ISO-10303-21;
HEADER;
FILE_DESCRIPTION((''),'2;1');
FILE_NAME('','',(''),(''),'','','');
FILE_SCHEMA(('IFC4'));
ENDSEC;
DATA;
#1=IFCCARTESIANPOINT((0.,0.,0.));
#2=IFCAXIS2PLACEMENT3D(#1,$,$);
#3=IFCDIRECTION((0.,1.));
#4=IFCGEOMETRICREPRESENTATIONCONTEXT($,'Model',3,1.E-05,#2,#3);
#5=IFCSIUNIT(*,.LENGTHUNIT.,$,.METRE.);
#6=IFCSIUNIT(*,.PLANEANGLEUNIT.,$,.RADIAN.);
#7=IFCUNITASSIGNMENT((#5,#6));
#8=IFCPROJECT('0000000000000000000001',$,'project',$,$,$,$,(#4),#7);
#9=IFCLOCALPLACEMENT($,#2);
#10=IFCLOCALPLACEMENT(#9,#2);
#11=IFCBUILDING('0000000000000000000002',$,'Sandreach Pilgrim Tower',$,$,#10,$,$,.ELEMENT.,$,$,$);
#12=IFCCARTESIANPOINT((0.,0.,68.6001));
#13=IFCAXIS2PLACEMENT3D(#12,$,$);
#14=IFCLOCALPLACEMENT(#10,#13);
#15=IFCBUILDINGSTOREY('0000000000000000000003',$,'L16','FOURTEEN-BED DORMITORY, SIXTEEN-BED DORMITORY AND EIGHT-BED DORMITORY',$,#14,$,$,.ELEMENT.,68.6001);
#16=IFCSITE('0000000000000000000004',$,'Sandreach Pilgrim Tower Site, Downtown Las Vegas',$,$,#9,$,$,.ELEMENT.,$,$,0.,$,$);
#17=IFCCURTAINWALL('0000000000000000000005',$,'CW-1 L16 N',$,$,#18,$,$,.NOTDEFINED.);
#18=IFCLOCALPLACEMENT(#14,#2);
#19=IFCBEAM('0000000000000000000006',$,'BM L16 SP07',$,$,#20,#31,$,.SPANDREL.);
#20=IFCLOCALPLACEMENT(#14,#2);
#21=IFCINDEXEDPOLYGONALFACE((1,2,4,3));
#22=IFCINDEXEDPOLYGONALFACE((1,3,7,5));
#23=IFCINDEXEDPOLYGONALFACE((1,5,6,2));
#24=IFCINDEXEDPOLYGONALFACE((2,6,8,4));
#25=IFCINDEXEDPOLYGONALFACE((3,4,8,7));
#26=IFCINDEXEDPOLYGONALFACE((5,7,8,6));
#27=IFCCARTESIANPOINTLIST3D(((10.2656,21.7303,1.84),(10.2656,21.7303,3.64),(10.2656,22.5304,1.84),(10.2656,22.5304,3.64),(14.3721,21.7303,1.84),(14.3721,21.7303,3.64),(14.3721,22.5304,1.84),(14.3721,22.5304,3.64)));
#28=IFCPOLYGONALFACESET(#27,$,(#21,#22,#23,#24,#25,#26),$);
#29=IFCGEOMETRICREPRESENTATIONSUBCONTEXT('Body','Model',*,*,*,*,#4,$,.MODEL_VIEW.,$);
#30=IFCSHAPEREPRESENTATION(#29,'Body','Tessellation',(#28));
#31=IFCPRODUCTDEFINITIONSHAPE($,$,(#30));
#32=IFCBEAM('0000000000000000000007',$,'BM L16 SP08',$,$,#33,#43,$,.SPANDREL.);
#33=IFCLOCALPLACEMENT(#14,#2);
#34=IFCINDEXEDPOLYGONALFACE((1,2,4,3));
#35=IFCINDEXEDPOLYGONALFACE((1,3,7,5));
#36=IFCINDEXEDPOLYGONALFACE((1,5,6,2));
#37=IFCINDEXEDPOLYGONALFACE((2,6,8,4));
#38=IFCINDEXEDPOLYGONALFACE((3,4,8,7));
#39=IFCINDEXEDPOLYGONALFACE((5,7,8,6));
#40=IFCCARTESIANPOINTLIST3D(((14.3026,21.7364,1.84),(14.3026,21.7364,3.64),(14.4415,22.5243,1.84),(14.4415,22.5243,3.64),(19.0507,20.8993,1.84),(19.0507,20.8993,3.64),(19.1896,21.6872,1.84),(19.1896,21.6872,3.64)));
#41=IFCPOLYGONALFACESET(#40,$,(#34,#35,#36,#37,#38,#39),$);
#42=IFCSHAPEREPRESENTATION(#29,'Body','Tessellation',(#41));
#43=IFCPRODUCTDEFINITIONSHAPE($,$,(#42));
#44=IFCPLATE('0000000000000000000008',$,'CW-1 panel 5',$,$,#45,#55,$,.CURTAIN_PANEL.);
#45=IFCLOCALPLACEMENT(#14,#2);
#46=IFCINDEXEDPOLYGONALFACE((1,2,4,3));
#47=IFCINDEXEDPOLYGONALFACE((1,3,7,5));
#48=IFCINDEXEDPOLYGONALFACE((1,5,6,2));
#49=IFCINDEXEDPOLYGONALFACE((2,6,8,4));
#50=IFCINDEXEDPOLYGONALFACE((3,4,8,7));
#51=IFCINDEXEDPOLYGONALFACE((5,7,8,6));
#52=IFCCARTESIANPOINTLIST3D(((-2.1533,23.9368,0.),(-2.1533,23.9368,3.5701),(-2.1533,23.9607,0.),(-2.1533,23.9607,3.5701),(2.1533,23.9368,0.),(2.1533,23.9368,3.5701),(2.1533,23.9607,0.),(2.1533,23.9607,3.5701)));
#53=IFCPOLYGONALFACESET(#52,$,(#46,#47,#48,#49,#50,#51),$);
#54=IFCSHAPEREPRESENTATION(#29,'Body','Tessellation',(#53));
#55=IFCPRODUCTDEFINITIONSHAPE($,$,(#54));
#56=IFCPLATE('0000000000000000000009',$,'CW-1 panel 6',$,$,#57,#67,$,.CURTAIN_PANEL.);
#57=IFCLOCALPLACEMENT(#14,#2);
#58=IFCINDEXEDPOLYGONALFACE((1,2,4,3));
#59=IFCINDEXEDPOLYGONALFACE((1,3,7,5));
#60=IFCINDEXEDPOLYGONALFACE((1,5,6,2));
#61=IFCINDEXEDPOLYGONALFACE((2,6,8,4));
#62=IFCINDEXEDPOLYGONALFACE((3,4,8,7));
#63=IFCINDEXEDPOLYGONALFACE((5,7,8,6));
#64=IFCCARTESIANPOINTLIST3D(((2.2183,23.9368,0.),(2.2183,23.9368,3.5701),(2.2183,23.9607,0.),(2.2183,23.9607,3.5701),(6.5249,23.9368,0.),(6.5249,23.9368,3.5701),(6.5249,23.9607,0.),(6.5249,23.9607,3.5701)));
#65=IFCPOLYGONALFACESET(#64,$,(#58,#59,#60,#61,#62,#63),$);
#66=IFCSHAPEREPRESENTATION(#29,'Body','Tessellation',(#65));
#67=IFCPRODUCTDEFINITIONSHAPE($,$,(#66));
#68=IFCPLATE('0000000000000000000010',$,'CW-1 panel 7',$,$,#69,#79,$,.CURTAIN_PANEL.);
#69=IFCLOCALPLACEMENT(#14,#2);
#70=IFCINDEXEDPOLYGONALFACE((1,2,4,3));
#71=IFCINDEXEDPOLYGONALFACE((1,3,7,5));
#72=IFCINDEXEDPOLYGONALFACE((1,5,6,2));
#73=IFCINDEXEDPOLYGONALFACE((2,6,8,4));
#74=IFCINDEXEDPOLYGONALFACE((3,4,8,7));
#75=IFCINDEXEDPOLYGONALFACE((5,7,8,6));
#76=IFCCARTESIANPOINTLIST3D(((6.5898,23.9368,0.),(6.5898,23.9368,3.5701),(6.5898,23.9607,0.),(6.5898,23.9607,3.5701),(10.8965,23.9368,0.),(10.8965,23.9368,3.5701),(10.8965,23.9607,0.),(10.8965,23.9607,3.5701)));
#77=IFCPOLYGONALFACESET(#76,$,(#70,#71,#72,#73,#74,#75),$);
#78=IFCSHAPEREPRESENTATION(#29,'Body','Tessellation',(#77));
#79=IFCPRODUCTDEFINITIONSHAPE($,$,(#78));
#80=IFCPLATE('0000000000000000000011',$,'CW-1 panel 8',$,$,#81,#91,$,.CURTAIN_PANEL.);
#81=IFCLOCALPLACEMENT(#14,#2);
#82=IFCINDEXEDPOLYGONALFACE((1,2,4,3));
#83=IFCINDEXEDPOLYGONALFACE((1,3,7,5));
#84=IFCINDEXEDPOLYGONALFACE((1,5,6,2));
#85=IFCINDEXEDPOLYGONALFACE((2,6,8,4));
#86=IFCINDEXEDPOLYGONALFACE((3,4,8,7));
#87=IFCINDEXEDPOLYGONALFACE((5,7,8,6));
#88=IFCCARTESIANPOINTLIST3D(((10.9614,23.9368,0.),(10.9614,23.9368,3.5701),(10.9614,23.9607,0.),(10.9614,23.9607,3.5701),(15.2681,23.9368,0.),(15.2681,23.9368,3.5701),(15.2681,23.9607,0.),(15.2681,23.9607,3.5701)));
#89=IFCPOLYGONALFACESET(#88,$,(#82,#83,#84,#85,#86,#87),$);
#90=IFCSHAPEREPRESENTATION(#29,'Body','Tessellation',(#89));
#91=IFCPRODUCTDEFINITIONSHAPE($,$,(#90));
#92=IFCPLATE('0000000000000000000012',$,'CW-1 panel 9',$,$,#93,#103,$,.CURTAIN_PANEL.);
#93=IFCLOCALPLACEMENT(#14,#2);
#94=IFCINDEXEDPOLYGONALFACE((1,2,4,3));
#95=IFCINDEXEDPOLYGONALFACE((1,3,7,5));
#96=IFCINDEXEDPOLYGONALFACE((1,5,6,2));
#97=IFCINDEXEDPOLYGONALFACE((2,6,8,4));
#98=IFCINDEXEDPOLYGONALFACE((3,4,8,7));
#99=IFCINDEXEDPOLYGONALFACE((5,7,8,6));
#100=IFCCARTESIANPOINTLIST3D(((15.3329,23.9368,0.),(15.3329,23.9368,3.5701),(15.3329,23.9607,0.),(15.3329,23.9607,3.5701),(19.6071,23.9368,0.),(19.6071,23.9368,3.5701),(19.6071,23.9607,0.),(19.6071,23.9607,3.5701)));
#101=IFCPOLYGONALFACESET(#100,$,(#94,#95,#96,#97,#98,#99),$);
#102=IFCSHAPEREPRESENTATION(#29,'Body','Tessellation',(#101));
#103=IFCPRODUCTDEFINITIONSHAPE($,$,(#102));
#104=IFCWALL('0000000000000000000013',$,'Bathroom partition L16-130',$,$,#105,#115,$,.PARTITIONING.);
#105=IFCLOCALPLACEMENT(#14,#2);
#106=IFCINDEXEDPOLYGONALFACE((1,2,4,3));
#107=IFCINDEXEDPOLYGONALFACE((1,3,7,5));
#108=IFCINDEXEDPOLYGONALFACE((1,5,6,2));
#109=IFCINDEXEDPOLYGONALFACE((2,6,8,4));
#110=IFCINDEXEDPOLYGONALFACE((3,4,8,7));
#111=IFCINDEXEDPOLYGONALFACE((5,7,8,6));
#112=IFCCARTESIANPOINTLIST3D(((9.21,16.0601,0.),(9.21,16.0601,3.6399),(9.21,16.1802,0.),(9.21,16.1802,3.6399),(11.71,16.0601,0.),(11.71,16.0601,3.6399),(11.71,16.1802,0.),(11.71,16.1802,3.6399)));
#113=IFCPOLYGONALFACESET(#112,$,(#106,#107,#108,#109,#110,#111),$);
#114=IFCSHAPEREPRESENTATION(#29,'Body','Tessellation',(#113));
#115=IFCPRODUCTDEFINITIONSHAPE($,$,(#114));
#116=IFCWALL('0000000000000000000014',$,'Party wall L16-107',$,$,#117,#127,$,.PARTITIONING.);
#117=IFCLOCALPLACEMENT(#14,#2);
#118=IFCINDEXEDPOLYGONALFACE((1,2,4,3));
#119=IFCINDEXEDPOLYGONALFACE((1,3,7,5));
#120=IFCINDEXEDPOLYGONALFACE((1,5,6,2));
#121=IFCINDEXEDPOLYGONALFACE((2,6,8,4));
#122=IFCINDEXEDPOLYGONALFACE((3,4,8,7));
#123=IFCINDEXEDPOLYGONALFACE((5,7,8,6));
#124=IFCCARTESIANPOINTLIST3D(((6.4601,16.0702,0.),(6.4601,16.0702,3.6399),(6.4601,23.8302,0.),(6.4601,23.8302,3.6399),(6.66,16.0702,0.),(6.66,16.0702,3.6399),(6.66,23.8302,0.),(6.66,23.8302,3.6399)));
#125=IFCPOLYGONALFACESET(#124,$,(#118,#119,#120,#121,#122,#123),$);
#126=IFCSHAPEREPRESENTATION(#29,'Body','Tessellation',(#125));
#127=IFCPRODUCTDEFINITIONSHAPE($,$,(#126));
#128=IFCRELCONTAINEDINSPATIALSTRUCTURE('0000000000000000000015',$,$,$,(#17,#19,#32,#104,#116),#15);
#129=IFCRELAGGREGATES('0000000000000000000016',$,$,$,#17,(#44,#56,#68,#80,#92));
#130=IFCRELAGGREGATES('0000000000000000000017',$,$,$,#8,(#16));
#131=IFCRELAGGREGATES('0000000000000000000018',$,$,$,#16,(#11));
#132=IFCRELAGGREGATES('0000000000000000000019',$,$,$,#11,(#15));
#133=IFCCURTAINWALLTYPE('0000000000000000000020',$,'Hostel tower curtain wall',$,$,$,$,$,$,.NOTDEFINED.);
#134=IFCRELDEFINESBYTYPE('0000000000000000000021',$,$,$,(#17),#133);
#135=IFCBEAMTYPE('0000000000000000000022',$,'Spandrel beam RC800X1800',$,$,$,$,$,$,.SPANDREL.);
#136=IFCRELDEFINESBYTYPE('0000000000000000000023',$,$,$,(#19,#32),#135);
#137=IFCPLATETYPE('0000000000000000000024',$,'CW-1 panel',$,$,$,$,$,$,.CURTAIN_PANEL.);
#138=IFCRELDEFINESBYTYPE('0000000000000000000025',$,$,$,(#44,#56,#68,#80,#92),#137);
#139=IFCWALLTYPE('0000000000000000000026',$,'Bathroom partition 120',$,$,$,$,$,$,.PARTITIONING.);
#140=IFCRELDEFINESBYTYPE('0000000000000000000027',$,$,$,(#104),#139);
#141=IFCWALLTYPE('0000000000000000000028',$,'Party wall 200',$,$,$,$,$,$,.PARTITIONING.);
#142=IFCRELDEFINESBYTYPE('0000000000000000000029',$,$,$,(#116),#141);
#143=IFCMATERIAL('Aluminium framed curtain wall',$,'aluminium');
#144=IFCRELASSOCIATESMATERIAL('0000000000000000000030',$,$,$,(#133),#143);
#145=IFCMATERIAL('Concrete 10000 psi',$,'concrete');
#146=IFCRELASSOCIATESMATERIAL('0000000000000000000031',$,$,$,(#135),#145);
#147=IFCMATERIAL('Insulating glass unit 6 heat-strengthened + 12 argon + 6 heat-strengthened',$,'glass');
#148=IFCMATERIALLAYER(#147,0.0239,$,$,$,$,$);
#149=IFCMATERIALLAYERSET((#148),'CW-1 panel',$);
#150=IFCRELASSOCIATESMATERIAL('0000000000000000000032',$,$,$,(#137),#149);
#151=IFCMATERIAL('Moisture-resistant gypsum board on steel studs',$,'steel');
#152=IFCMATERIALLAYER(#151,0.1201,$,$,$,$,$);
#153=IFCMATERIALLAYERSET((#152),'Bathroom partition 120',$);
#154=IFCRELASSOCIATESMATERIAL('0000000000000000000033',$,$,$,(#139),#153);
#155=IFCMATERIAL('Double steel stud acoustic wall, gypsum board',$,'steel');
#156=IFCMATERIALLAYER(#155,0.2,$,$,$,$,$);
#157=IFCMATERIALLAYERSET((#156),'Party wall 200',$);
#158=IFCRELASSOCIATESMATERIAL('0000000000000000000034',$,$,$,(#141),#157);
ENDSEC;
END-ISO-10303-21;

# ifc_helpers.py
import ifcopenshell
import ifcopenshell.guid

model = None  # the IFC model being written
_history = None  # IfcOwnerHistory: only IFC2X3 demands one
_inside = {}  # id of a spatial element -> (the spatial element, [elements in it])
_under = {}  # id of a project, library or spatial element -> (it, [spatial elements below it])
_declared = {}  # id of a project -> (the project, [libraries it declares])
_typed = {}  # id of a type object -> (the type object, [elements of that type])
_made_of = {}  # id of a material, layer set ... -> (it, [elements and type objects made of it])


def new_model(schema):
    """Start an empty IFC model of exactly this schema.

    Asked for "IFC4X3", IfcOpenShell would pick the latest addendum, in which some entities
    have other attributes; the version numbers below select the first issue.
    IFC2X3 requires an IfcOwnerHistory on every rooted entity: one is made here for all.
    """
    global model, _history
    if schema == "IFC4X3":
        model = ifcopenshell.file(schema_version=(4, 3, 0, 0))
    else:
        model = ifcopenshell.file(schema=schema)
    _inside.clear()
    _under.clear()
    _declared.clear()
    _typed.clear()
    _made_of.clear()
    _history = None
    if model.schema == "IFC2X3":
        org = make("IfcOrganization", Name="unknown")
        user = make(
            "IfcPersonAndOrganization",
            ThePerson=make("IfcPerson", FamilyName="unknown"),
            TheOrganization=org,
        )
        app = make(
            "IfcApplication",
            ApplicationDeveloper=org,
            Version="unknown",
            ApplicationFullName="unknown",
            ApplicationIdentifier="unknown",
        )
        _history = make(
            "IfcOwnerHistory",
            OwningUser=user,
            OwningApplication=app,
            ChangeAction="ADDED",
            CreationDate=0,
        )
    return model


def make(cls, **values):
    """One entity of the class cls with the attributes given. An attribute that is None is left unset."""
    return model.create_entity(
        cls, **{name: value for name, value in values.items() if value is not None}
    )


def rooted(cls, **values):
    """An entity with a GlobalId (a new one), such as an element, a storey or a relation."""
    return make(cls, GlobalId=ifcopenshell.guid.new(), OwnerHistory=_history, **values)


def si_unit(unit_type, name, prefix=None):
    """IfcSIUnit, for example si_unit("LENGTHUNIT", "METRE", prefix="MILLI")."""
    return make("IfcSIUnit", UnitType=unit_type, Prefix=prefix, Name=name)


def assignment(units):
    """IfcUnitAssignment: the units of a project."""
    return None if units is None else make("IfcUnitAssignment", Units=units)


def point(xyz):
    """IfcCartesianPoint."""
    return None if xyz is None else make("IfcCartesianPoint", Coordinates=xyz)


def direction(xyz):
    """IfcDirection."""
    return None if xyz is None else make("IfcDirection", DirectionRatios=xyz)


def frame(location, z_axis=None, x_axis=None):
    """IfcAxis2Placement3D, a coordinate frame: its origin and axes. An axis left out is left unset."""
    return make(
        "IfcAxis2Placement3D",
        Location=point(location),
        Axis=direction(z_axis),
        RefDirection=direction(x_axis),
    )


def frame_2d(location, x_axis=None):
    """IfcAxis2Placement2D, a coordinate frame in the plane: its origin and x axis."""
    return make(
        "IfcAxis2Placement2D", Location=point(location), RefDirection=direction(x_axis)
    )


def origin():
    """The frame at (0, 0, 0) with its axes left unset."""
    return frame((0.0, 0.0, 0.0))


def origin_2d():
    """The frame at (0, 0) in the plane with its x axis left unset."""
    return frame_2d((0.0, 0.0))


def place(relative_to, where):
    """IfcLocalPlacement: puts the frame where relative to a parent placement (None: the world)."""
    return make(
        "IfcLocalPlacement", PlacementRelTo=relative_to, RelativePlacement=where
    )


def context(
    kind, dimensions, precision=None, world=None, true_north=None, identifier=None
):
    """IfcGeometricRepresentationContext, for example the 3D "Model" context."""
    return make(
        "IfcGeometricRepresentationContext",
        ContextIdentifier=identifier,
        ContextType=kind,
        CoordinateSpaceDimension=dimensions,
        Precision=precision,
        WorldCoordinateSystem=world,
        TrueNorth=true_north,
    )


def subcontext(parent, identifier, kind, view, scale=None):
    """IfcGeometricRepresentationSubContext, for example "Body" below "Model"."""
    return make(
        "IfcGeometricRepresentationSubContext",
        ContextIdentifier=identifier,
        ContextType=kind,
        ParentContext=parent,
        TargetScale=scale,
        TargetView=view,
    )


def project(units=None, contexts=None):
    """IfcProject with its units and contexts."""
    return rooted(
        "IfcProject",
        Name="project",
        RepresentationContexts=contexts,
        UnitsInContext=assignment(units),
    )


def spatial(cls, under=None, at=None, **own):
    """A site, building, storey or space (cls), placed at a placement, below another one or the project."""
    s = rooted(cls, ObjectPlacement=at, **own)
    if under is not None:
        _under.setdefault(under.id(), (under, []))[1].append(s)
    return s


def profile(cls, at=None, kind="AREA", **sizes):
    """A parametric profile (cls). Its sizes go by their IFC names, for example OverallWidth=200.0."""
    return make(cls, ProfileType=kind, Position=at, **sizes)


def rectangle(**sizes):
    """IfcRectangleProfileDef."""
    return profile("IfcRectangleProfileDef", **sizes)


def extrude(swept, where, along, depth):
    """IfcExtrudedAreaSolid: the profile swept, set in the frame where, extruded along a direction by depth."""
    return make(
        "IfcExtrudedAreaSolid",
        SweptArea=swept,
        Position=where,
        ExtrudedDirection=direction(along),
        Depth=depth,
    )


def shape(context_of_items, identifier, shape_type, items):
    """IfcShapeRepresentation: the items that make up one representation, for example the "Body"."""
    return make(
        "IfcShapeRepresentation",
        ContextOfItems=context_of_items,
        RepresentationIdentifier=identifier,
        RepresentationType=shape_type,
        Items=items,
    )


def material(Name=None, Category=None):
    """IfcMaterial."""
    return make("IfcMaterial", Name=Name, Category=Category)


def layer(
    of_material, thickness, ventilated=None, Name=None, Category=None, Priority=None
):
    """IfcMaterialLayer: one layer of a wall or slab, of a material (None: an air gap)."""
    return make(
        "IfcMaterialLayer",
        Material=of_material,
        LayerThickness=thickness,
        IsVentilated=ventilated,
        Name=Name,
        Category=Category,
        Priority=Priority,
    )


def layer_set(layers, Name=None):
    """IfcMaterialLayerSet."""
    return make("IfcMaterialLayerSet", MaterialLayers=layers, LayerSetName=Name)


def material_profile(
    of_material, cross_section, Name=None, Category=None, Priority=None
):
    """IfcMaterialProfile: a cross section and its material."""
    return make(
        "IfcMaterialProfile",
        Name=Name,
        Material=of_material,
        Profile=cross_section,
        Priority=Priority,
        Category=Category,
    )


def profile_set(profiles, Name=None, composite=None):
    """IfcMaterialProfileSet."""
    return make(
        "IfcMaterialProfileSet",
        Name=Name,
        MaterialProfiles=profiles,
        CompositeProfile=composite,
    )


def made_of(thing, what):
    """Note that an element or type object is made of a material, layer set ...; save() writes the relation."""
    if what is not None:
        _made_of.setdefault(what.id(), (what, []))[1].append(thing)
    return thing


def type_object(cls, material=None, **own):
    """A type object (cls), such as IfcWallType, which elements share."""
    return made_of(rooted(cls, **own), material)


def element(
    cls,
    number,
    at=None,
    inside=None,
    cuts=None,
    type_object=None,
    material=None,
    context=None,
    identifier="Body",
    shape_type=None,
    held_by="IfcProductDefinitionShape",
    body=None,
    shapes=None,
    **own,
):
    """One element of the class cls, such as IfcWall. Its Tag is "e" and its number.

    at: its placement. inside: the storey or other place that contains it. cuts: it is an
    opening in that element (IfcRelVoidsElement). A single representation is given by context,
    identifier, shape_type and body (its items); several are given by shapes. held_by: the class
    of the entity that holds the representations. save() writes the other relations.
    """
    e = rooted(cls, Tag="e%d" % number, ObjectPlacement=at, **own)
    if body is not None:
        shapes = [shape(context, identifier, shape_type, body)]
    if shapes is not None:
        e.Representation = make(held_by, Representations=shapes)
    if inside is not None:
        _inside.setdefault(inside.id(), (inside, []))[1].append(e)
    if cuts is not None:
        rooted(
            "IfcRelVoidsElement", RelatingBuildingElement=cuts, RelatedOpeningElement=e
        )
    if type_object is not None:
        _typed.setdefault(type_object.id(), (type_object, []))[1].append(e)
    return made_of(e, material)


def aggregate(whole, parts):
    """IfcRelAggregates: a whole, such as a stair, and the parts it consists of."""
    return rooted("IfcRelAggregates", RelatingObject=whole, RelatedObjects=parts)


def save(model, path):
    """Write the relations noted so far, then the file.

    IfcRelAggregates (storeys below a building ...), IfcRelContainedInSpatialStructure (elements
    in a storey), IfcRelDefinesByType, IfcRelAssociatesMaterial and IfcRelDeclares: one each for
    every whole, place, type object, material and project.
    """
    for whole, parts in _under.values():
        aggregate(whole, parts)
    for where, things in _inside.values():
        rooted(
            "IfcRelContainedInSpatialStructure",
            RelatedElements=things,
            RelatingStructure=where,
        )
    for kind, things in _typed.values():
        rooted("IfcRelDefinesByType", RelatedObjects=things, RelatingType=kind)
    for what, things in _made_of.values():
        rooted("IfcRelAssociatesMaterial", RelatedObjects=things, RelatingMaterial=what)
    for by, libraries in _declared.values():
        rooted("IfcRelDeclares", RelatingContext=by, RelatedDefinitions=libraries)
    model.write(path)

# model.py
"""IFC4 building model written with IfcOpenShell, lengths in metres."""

from ifc_helpers import new_model, si_unit, direction, frame, frame_2d, origin, origin_2d, place, context, subcontext, project, spatial, rectangle, extrude, material, layer, layer_set, material_profile, profile_set, type_object, element, aggregate, save


model = new_model("IFC4")

# Units and contexts
model_context = context("Model", 3, precision=1e-05, world=origin(), true_north=direction((0.0, 1.0)))
body_context = subcontext(model_context, "Body", "Model", "MODEL_VIEW")
ifc_project = project(units=[si_unit("LENGTHUNIT", "METRE"), si_unit("PLANEANGLEUNIT", "RADIAN")], contexts=[model_context])

# Site, building, storey
site_placement = place(None, origin())
site = spatial("IfcSite", under=ifc_project, at=site_placement, Name="Sandreach Pilgrim Tower Site, Downtown Las Vegas", CompositionType="ELEMENT", RefElevation=0.0)
building_placement = place(site_placement, origin())
building = spatial("IfcBuilding", under=site, at=building_placement, Name="Sandreach Pilgrim Tower", CompositionType="ELEMENT")
storey_placement = place(building_placement, frame((0.0, 0.0, 68.6001)))
storey = spatial("IfcBuildingStorey", under=building, at=storey_placement, Name="L16", Description="FOURTEEN-BED DORMITORY, SIXTEEN-BED DORMITORY AND EIGHT-BED DORMITORY", CompositionType="ELEMENT", Elevation=68.6001)

# Curtain wall
ifc_material_1 = material(Name="Aluminium framed curtain wall", Category="aluminium")
curtain_wall_type = type_object("IfcCurtainWallType", Name="Hostel tower curtain wall", PredefinedType="NOTDEFINED", material=ifc_material_1)
curtain_wall_placement = place(storey_placement, origin())
curtain_wall = element("IfcCurtainWall", 1, at=curtain_wall_placement, inside=storey, type_object=curtain_wall_type, Name="CW-1 L16 N", PredefinedType="NOTDEFINED")

# Beams
ifc_material_2 = material(Name="Concrete 10000 psi", Category="concrete")
ifc_material_profile_1 = material_profile(ifc_material_2, rectangle(XDim=0.8, YDim=1.8, at=origin_2d()), Name="RC800X1800")
ifc_profile_set_1 = profile_set([ifc_material_profile_1], Name="Concrete 10000 psi")
beam_type_1 = type_object("IfcBeamType", Name="Spandrel beam RC800X1800", PredefinedType="SPANDREL", material=ifc_profile_set_1)
beam_1_placement = place(storey_placement, frame((10.2656, 22.1304, 2.74), z_axis=(1.0, 0.0, 0.0), x_axis=(0.0, 1.0, 0.0)))
element("IfcBeam", 2, at=beam_1_placement, inside=storey, type_object=beam_type_1, Name="BM L16 SP07", PredefinedType="SPANDREL", context=body_context, shape_type="SweptSolid", body=[
    extrude(rectangle(XDim=0.8, YDim=1.8, at=origin_2d()), origin(), (0.0, 0.0, 1.0), 4.1064),
])
beam_2_placement = place(storey_placement, frame((14.3721, 22.1304, 2.74), z_axis=(0.98481, -0.173638, 0.0), x_axis=(0.173638, 0.98481, 0.0)))
element("IfcBeam", 3, at=beam_2_placement, inside=storey, type_object=beam_type_1, Name="BM L16 SP08", PredefinedType="SPANDREL", context=body_context, shape_type="SweptSolid", body=[
    extrude(rectangle(XDim=0.8, YDim=1.8, at=origin_2d()), origin(), (0.0, 0.0, 1.0), 4.8213),
])

# Plates
ifc_material_3 = material(Name="Insulating glass unit 6 heat-strengthened + 12 argon + 6 heat-strengthened", Category="glass")
ifc_layer_1 = layer(ifc_material_3, 0.0239)
ifc_layer_set_1 = layer_set([ifc_layer_1], Name="CW-1 panel")
plate_type = type_object("IfcPlateType", Name="CW-1 panel", PredefinedType="CURTAIN_PANEL", material=ifc_layer_set_1)
plate_1_placement = place(storey_placement, frame((0.0, 23.9487, 0.0), z_axis=(0.0, 0.0, 1.0), x_axis=(1.0, 0.0, 0.0)))
plate_1 = element("IfcPlate", 4, at=plate_1_placement, type_object=plate_type, Name="CW-1 panel 5", PredefinedType="CURTAIN_PANEL", context=body_context, shape_type="SweptSolid", body=[
    extrude(rectangle(XDim=4.3066, YDim=0.0239, at=origin_2d()), origin(), (0.0, 0.0, 1.0), 3.5701),
])
plate_2_placement = place(storey_placement, frame((4.3716, 23.9487, 0.0), z_axis=(0.0, 0.0, 1.0), x_axis=(1.0, 0.0, 0.0)))
plate_2 = element("IfcPlate", 5, at=plate_2_placement, type_object=plate_type, Name="CW-1 panel 6", PredefinedType="CURTAIN_PANEL", context=body_context, shape_type="SweptSolid", body=[
    extrude(rectangle(XDim=4.3066, YDim=0.0239, at=origin_2d()), origin(), (0.0, 0.0, 1.0), 3.5701),
])
plate_3_placement = place(storey_placement, frame((8.7432, 23.9487, 0.0), z_axis=(0.0, 0.0, 1.0), x_axis=(1.0, 0.0, 0.0)))
plate_3 = element("IfcPlate", 6, at=plate_3_placement, type_object=plate_type, Name="CW-1 panel 7", PredefinedType="CURTAIN_PANEL", context=body_context, shape_type="SweptSolid", body=[
    extrude(rectangle(XDim=4.3066, YDim=0.0239, at=origin_2d()), origin(), (0.0, 0.0, 1.0), 3.5701),
])
plate_4_placement = place(storey_placement, frame((13.1147, 23.9487, 0.0), z_axis=(0.0, 0.0, 1.0), x_axis=(1.0, 0.0, 0.0)))
plate_4 = element("IfcPlate", 7, at=plate_4_placement, type_object=plate_type, Name="CW-1 panel 8", PredefinedType="CURTAIN_PANEL", context=body_context, shape_type="SweptSolid", body=[
    extrude(rectangle(XDim=4.3066, YDim=0.0239, at=origin_2d()), origin(), (0.0, 0.0, 1.0), 3.5701),
])
plate_5_placement = place(storey_placement, frame((17.47, 23.9487, 0.0), z_axis=(0.0, 0.0, 1.0), x_axis=(1.0, 0.0, 0.0)))
plate_5 = element("IfcPlate", 8, at=plate_5_placement, type_object=plate_type, Name="CW-1 panel 9", PredefinedType="CURTAIN_PANEL", context=body_context, shape_type="SweptSolid", body=[
    extrude(rectangle(XDim=4.2742, YDim=0.0239, at=origin_2d()), origin(), (0.0, 0.0, 1.0), 3.5701),
])
aggregate(curtain_wall, [plate_1, plate_2, plate_3, plate_4, plate_5])

# Walls
ifc_material_4 = material(Name="Moisture-resistant gypsum board on steel studs", Category="steel")
ifc_layer_2 = layer(ifc_material_4, 0.1201)
ifc_layer_set_2 = layer_set([ifc_layer_2], Name="Bathroom partition 120")
wall_type_1 = type_object("IfcWallType", Name="Bathroom partition 120", PredefinedType="PARTITIONING", material=ifc_layer_set_2)
wall_1_placement = place(storey_placement, frame((11.71, 16.1201, 0.0), z_axis=(0.0, 0.0, 1.0), x_axis=(-1.0, 0.0, 0.0)))
element("IfcWall", 9, at=wall_1_placement, inside=storey, type_object=wall_type_1, Name="Bathroom partition L16-130", PredefinedType="PARTITIONING", context=body_context, shape_type="SweptSolid", body=[
    extrude(rectangle(XDim=2.5, YDim=0.1201, at=frame_2d((1.25, 0.0))), origin(), (0.0, 0.0, 1.0), 3.6399),
])
ifc_material_5 = material(Name="Double steel stud acoustic wall, gypsum board", Category="steel")
ifc_layer_3 = layer(ifc_material_5, 0.2)
ifc_layer_set_3 = layer_set([ifc_layer_3], Name="Party wall 200")
wall_type_2 = type_object("IfcWallType", Name="Party wall 200", PredefinedType="PARTITIONING", material=ifc_layer_set_3)
wall_2_placement = place(storey_placement, frame((6.5601, 23.8301, 0.0), z_axis=(0.0, 0.0, 1.0), x_axis=(0.0, -1.0, 0.0)))
element("IfcWall", 10, at=wall_2_placement, inside=storey, type_object=wall_type_2, Name="Party wall L16-107", PredefinedType="PARTITIONING", context=body_context, shape_type="SweptSolid", body=[
    extrude(rectangle(XDim=7.76, YDim=0.2, at=frame_2d((3.8799, 0.0))), origin(), (0.0, 0.0, 1.0), 3.6399),
])

save(model, "model.ifc")
